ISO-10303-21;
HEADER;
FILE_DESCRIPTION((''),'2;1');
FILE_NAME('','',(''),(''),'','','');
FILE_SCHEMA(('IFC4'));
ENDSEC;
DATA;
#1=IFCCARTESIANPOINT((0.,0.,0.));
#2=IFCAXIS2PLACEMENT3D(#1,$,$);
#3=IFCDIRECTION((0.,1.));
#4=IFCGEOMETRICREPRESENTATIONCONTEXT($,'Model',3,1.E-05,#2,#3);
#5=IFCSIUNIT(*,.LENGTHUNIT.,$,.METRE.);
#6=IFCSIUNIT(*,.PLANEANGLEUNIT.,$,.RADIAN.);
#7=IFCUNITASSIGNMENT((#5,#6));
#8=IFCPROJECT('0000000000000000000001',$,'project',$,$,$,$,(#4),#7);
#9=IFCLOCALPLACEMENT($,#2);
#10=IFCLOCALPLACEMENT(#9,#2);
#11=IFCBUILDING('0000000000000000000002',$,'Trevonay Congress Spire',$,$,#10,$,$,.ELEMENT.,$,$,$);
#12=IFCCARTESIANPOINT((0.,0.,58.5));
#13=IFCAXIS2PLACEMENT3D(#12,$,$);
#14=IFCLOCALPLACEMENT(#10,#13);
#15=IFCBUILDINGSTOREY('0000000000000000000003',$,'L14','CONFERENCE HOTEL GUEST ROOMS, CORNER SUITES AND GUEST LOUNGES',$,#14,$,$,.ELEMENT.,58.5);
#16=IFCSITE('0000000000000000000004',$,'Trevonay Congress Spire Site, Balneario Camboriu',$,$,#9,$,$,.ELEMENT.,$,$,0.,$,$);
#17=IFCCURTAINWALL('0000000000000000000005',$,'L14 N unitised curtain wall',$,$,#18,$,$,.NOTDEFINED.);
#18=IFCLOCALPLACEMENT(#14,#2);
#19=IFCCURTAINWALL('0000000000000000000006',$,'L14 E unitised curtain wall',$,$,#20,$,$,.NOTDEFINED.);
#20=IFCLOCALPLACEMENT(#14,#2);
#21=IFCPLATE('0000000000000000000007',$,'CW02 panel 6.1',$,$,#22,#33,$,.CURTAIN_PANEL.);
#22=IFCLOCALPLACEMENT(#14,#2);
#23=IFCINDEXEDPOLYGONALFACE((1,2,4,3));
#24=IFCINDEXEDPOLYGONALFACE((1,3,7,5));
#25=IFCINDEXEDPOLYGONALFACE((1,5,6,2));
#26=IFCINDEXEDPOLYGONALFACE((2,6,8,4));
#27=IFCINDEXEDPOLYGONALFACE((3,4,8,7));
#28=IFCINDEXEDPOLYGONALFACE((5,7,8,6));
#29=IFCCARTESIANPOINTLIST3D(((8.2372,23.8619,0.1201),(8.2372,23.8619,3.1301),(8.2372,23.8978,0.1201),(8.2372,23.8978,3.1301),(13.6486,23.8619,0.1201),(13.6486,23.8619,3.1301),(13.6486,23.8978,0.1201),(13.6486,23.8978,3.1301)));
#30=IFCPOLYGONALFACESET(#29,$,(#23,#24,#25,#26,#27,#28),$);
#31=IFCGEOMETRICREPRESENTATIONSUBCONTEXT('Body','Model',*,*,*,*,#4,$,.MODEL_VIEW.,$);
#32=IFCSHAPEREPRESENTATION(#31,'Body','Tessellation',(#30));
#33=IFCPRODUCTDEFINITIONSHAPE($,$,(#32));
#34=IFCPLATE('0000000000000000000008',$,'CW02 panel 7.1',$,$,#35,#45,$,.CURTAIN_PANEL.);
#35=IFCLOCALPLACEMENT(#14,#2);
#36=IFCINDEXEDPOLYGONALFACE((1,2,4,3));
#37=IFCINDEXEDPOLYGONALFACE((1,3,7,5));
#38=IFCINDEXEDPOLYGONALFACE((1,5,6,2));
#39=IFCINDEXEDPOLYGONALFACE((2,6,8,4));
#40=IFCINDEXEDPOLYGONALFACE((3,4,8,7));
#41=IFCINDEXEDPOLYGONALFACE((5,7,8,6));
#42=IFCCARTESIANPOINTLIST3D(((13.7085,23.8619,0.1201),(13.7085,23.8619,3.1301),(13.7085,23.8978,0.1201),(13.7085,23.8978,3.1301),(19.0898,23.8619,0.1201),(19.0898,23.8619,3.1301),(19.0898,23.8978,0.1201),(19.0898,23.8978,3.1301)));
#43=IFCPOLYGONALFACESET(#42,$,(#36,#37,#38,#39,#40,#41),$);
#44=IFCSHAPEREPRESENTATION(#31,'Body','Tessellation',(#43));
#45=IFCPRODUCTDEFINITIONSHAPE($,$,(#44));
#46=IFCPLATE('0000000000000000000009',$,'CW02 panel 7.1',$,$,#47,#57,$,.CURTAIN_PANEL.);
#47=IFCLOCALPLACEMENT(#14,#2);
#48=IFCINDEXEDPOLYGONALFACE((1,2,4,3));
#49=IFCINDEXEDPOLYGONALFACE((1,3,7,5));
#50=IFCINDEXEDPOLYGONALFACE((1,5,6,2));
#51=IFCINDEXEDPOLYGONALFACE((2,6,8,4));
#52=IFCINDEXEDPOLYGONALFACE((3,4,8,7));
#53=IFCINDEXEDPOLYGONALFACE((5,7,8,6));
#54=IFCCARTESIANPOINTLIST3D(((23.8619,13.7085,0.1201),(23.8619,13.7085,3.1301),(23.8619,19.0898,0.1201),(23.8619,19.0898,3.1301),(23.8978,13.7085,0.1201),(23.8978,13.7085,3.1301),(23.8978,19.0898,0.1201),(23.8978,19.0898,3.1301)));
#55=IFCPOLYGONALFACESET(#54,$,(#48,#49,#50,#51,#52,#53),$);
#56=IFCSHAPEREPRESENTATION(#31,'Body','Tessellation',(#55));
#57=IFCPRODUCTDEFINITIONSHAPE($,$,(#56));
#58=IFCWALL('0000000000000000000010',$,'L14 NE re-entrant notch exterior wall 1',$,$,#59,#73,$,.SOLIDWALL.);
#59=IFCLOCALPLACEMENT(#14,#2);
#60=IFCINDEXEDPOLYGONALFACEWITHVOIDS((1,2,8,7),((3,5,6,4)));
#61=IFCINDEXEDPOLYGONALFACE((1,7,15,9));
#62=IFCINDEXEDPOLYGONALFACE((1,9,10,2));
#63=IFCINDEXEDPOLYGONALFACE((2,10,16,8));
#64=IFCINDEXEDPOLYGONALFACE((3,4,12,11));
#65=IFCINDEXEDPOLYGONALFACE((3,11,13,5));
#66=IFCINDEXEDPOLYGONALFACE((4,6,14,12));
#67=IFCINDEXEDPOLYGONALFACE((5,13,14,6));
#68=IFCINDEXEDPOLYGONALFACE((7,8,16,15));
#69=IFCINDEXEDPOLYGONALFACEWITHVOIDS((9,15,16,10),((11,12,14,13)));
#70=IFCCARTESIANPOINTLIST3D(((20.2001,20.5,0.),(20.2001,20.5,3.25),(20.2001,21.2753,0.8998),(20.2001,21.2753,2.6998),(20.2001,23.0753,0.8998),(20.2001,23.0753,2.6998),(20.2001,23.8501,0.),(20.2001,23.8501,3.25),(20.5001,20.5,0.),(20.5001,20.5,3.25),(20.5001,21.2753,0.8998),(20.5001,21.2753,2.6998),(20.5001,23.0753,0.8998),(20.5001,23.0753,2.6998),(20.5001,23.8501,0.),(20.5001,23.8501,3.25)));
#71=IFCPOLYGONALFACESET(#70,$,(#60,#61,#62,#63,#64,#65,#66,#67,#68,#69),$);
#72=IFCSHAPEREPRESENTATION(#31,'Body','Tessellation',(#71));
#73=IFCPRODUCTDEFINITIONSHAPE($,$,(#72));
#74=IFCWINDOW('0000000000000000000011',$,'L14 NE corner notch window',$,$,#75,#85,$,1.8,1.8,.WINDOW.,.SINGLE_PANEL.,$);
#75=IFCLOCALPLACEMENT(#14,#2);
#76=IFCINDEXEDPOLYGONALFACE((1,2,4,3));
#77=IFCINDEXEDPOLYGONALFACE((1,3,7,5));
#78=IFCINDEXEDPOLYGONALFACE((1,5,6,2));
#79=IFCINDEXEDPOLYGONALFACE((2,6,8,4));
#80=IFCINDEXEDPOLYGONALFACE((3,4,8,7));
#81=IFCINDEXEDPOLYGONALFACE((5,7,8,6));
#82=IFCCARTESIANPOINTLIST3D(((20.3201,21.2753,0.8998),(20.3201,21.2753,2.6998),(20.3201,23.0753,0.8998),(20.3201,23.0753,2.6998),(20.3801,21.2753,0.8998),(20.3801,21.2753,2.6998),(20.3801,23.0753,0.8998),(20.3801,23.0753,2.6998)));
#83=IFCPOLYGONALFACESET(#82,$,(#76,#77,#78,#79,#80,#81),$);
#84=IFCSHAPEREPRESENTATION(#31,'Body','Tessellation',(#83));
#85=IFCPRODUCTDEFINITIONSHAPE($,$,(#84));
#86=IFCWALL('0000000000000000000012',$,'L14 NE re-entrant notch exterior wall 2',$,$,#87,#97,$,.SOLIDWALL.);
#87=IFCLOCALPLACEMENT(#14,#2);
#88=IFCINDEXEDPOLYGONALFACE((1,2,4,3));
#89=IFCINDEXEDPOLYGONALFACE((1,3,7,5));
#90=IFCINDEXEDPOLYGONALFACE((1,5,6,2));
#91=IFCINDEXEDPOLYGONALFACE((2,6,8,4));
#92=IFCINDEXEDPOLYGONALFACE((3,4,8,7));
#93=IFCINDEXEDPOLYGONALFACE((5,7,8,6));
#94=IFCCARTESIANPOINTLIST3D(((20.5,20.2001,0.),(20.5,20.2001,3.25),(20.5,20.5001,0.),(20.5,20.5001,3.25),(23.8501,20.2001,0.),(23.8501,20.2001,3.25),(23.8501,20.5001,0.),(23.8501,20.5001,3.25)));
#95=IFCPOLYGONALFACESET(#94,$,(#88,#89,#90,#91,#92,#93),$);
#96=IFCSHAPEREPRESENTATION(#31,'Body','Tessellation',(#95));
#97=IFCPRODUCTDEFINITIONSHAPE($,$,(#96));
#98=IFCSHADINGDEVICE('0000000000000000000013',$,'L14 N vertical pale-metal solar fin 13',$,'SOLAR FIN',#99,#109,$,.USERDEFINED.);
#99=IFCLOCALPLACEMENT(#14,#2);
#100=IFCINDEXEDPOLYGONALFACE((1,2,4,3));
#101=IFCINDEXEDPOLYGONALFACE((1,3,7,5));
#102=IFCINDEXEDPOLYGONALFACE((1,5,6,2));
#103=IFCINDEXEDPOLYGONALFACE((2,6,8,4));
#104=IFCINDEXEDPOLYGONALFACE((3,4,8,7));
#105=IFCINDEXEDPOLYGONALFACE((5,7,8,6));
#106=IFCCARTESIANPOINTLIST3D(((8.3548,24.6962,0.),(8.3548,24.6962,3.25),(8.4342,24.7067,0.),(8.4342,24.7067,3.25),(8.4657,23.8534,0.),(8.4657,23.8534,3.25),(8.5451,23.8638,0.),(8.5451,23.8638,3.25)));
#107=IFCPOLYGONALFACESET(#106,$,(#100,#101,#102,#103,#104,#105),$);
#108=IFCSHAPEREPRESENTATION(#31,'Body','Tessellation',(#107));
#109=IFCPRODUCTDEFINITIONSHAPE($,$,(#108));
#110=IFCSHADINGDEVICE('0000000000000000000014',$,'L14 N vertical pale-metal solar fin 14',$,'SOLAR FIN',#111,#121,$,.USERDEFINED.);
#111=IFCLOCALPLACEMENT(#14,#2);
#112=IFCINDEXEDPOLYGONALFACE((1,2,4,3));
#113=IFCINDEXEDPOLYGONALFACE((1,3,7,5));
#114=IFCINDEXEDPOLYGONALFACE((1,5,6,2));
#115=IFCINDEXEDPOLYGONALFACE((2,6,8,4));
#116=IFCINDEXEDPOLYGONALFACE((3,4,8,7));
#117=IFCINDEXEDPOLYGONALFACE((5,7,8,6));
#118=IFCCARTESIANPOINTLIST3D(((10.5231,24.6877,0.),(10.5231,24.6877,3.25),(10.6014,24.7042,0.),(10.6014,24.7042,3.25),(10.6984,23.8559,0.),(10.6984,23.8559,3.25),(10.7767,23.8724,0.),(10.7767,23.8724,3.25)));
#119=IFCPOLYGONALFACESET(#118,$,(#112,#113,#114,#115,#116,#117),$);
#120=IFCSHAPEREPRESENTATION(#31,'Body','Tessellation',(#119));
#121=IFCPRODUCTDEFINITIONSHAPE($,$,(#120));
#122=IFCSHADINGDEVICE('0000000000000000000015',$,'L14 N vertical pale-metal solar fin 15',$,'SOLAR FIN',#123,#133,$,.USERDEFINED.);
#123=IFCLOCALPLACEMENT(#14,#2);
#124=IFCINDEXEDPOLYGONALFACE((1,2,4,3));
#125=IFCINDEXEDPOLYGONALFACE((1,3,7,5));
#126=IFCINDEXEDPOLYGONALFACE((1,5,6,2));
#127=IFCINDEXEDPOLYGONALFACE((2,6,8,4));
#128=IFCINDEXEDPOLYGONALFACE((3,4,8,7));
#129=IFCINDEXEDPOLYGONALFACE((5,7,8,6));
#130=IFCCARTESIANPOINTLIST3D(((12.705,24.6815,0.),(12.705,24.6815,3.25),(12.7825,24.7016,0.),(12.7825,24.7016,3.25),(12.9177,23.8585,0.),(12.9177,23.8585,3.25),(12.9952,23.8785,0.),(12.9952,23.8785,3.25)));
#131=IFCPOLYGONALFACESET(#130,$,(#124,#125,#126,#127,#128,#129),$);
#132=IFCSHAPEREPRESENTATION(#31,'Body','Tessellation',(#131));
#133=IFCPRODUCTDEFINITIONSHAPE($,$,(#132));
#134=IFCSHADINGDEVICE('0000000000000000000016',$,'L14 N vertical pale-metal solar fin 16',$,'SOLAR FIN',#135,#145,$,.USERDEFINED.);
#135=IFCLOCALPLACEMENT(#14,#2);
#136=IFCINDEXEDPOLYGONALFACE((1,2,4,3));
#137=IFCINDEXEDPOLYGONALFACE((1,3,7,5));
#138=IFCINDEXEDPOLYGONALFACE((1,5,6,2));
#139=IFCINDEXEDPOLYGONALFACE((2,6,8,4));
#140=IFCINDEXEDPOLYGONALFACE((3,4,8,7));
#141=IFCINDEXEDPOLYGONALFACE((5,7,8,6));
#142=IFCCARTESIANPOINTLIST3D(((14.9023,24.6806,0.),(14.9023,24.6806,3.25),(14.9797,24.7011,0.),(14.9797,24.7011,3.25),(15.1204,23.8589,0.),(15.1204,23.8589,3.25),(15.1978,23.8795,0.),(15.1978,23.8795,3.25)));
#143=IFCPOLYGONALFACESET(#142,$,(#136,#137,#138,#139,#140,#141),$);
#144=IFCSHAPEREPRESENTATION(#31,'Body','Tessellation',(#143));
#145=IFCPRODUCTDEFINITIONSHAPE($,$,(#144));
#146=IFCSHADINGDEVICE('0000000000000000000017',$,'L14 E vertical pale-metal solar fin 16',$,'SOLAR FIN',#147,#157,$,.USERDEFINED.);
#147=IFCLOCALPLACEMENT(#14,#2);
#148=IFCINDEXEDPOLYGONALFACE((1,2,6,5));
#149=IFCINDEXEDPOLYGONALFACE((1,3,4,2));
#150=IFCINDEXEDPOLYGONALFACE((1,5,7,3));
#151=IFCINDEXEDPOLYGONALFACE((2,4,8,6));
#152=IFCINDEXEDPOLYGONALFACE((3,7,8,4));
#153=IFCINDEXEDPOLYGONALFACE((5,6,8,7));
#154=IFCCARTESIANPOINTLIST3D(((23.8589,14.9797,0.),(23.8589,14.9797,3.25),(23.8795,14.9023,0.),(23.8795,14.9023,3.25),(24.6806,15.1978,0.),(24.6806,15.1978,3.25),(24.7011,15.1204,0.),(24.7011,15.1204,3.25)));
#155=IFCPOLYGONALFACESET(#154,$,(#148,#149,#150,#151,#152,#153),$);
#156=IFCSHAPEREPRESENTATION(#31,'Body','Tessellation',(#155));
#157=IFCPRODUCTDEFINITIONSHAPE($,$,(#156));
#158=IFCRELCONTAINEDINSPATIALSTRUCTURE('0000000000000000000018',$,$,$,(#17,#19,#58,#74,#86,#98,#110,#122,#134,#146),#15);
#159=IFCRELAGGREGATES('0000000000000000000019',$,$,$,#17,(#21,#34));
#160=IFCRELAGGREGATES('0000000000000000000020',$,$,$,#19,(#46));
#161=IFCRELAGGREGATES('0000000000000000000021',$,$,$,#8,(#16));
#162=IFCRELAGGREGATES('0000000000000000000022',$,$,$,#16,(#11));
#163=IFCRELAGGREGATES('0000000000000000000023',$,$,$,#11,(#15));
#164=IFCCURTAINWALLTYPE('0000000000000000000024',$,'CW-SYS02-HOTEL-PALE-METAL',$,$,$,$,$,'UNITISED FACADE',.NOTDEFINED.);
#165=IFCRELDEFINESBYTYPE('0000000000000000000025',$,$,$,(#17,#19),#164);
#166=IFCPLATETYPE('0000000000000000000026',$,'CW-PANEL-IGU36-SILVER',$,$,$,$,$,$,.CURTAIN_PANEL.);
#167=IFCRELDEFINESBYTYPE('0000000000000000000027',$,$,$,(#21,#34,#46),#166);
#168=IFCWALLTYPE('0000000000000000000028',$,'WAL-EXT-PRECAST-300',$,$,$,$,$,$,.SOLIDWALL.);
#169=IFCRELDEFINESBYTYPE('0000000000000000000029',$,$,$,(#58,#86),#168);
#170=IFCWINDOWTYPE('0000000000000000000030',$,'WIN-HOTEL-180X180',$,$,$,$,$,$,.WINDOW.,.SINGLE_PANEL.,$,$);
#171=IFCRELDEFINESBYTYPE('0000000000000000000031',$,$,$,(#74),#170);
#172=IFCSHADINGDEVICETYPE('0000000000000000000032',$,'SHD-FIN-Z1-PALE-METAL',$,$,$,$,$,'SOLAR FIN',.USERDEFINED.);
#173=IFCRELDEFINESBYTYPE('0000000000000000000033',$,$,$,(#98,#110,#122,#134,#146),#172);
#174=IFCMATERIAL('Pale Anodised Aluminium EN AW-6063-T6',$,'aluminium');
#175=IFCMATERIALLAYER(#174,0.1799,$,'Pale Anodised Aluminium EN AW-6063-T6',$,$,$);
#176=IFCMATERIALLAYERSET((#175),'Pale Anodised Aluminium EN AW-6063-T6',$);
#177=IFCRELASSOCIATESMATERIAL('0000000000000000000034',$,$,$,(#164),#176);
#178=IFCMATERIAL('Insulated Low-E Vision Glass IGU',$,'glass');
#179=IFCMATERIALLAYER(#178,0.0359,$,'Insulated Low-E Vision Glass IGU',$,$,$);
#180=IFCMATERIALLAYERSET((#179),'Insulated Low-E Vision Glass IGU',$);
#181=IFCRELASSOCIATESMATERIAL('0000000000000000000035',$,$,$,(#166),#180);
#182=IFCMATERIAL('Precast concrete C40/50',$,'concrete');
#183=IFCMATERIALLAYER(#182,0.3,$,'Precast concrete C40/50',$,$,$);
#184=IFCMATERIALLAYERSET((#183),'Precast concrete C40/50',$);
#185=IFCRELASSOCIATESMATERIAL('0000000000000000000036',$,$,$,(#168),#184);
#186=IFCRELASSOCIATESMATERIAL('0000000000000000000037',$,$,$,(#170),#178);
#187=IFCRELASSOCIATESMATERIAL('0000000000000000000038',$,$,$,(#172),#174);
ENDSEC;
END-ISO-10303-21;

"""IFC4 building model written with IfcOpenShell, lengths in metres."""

from ifc_helpers import new_model, si_unit, direction, frame, frame_2d, origin, origin_2d, place, context, subcontext, project, spatial, rectangle, extrude, material, layer, layer_set, type_object, element, fill, aggregate, save


model = new_model("IFC4")

# Units and contexts
model_context = context("Model", 3, precision=1e-05, world=origin(), true_north=direction((0.0, 1.0)))
body_context = subcontext(model_context, "Body", "Model", "MODEL_VIEW")
ifc_project = project(units=[si_unit("LENGTHUNIT", "METRE"), si_unit("PLANEANGLEUNIT", "RADIAN")], contexts=[model_context])

# Site, building, storey
site_placement = place(None, origin())
site = spatial("IfcSite", under=ifc_project, at=site_placement, Name="Trevonay Congress Spire Site, Balneario Camboriu", CompositionType="ELEMENT", RefElevation=0.0)
building_placement = place(site_placement, origin())
building = spatial("IfcBuilding", under=site, at=building_placement, Name="Trevonay Congress Spire", CompositionType="ELEMENT")
storey_placement = place(building_placement, frame((0.0, 0.0, 58.5)))
storey = spatial("IfcBuildingStorey", under=building, at=storey_placement, Name="L14", Description="CONFERENCE HOTEL GUEST ROOMS, CORNER SUITES AND GUEST LOUNGES", CompositionType="ELEMENT", Elevation=58.5)

# Curtain walls
ifc_material_1 = material(Name="Pale Anodised Aluminium EN AW-6063-T6", Category="aluminium")
ifc_layer_1 = layer(ifc_material_1, 0.1799, Name="Pale Anodised Aluminium EN AW-6063-T6")
ifc_layer_set_1 = layer_set([ifc_layer_1], Name="Pale Anodised Aluminium EN AW-6063-T6")
curtain_wall_type = type_object("IfcCurtainWallType", Name="CW-SYS02-HOTEL-PALE-METAL", ElementType="UNITISED FACADE", PredefinedType="NOTDEFINED", material=ifc_layer_set_1)
curtain_wall_1_placement = place(storey_placement, origin())
curtain_wall_1 = element("IfcCurtainWall", 1, at=curtain_wall_1_placement, inside=storey, type_object=curtain_wall_type, Name="L14 N unitised curtain wall", PredefinedType="NOTDEFINED")
curtain_wall_2_placement = place(storey_placement, origin())
curtain_wall_2 = element("IfcCurtainWall", 2, at=curtain_wall_2_placement, inside=storey, type_object=curtain_wall_type, Name="L14 E unitised curtain wall", PredefinedType="NOTDEFINED")

# Plates
ifc_material_2 = material(Name="Insulated Low-E Vision Glass IGU", Category="glass")
ifc_layer_2 = layer(ifc_material_2, 0.0359, Name="Insulated Low-E Vision Glass IGU")
ifc_layer_set_2 = layer_set([ifc_layer_2], Name="Insulated Low-E Vision Glass IGU")
plate_type = type_object("IfcPlateType", Name="CW-PANEL-IGU36-SILVER", PredefinedType="CURTAIN_PANEL", material=ifc_layer_set_2)
plate_1_placement = place(storey_placement, frame((10.9429, 23.8799, 0.1201), z_axis=(0.0, 0.0, 1.0), x_axis=(1.0, 0.0, 0.0)))
plate_1 = element("IfcPlate", 3, at=plate_1_placement, type_object=plate_type, Name="CW02 panel 6.1", PredefinedType="CURTAIN_PANEL", context=body_context, shape_type="SweptSolid", body=[
    extrude(rectangle(XDim=5.4114, YDim=0.0359, at=origin_2d()), origin(), (0.0, 0.0, 1.0), 3.01),
])
plate_2_placement = place(storey_placement, frame((16.3992, 23.8799, 0.1201), z_axis=(0.0, 0.0, 1.0), x_axis=(1.0, 0.0, 0.0)))
plate_2 = element("IfcPlate", 4, at=plate_2_placement, type_object=plate_type, Name="CW02 panel 7.1", PredefinedType="CURTAIN_PANEL", context=body_context, shape_type="SweptSolid", body=[
    extrude(rectangle(XDim=5.3813, YDim=0.0359, at=origin_2d()), origin(), (0.0, 0.0, 1.0), 3.01),
])
aggregate(curtain_wall_1, [plate_1, plate_2])
plate_3_placement = place(storey_placement, frame((23.8799, 16.3992, 0.1201), z_axis=(0.0, 0.0, 1.0), x_axis=(0.0, 1.0, 0.0)))
plate_3 = element("IfcPlate", 5, at=plate_3_placement, type_object=plate_type, Name="CW02 panel 7.1", PredefinedType="CURTAIN_PANEL", context=body_context, shape_type="SweptSolid", body=[
    extrude(rectangle(XDim=5.3813, YDim=0.0359, at=origin_2d()), origin(), (0.0, 0.0, 1.0), 3.01),
])
aggregate(curtain_wall_2, [plate_3])

# Wall, opening, window
ifc_material_3 = material(Name="Precast concrete C40/50", Category="concrete")
ifc_layer_3 = layer(ifc_material_3, 0.3, Name="Precast concrete C40/50")
ifc_layer_set_3 = layer_set([ifc_layer_3], Name="Precast concrete C40/50")
wall_type = type_object("IfcWallType", Name="WAL-EXT-PRECAST-300", PredefinedType="SOLIDWALL", material=ifc_layer_set_3)
wall_1_placement = place(storey_placement, frame((20.3501, 23.8501, 0.0), z_axis=(0.0, 0.0, 1.0), x_axis=(0.0, -1.0, 0.0)))
wall_1 = element("IfcWall", 6, at=wall_1_placement, inside=storey, type_object=wall_type, Name="L14 NE re-entrant notch exterior wall 1", PredefinedType="SOLIDWALL", context=body_context, shape_type="SweptSolid", body=[
    extrude(rectangle(XDim=3.3501, YDim=0.3, at=frame_2d((1.675, 0.0))), origin(), (0.0, 0.0, 1.0), 3.25),
])
opening_placement = place(wall_1_placement, frame((0.7749, 0.0, 0.8999)))
opening = element("IfcOpeningElement", 7, at=opening_placement, cuts=wall_1, PredefinedType="OPENING", context=body_context, shape_type="SweptSolid", body=[
    extrude(rectangle(XDim=1.8, YDim=1.8, at=frame_2d((0.8999, 0.8999))), frame((0.0, 0.1602, 0.0), z_axis=(0.0, -1.0, 0.0), x_axis=(1.0, 0.0, 0.0)), (0.0, 0.0, 1.0), 0.3201),
])
window_type = type_object("IfcWindowType", Name="WIN-HOTEL-180X180", PartitioningType="SINGLE_PANEL", PredefinedType="WINDOW", material=ifc_material_2)
window_placement = place(opening_placement, origin())
window = element("IfcWindow", 8, at=window_placement, inside=storey, type_object=window_type, Name="L14 NE corner notch window", OverallHeight=1.8, OverallWidth=1.8, PartitioningType="SINGLE_PANEL", PredefinedType="WINDOW", context=body_context, shape_type="SweptSolid", body=[
    extrude(rectangle(XDim=1.8, YDim=1.8, at=frame_2d((0.8999, 0.8999))), frame((0.0, 0.03, 0.0), z_axis=(0.0, -1.0, 0.0), x_axis=(1.0, 0.0, 0.0)), (0.0, 0.0, 1.0), 0.0601),
])
fill(opening, window)

# Wall
wall_2_placement = place(storey_placement, frame((23.8501, 20.3501, 0.0), z_axis=(0.0, 0.0, 1.0), x_axis=(-1.0, 0.0, 0.0)))
element("IfcWall", 9, at=wall_2_placement, inside=storey, type_object=wall_type, Name="L14 NE re-entrant notch exterior wall 2", PredefinedType="SOLIDWALL", context=body_context, shape_type="SweptSolid", body=[
    extrude(rectangle(XDim=3.3501, YDim=0.3, at=frame_2d((1.675, 0.0))), origin(), (0.0, 0.0, 1.0), 3.25),
])

# Shading devices
shading_device_type = type_object("IfcShadingDeviceType", Name="SHD-FIN-Z1-PALE-METAL", ElementType="SOLAR FIN", PredefinedType="USERDEFINED", material=ifc_material_1)
for number, where, z_axis, x_axis, name in (
    (10, (8.45, 24.28, 0.0), (0.0, 0.0, 1.0), (0.991445, 0.130526, 0.0), "L14 N vertical pale-metal solar fin 13"),
    (11, (10.6499, 24.28, 0.0), (0.0, 0.0, 1.0), (0.978509, 0.206204, 0.0), "L14 N vertical pale-metal solar fin 14"),
    (12, (12.8501, 24.28, 0.0), (0.0, 0.0, 1.0), (0.968191, 0.250211, 0.0), "L14 N vertical pale-metal solar fin 15"),
    (13, (15.05, 24.28, 0.0), (0.0, 0.0, 1.0), (0.966511, 0.256627, 0.0), "L14 N vertical pale-metal solar fin 16"),
    (14, (24.28, 15.05, 0.0), (0.0, 0.0, 1.0), (-0.256627, 0.966511, 0.0), "L14 E vertical pale-metal solar fin 16"),
):
    element("IfcShadingDevice", number, at=place(storey_placement, frame(where, z_axis=z_axis, x_axis=x_axis)), inside=storey, type_object=shading_device_type, Name=name, ObjectType="SOLAR FIN", PredefinedType="USERDEFINED", context=body_context, shape_type="SweptSolid", body=[
        extrude(rectangle(XDim=0.0801, YDim=0.8501, at=origin_2d()), origin(), (0.0, 0.0, 1.0), 3.25),
    ])

save(model, "model.ifc")
